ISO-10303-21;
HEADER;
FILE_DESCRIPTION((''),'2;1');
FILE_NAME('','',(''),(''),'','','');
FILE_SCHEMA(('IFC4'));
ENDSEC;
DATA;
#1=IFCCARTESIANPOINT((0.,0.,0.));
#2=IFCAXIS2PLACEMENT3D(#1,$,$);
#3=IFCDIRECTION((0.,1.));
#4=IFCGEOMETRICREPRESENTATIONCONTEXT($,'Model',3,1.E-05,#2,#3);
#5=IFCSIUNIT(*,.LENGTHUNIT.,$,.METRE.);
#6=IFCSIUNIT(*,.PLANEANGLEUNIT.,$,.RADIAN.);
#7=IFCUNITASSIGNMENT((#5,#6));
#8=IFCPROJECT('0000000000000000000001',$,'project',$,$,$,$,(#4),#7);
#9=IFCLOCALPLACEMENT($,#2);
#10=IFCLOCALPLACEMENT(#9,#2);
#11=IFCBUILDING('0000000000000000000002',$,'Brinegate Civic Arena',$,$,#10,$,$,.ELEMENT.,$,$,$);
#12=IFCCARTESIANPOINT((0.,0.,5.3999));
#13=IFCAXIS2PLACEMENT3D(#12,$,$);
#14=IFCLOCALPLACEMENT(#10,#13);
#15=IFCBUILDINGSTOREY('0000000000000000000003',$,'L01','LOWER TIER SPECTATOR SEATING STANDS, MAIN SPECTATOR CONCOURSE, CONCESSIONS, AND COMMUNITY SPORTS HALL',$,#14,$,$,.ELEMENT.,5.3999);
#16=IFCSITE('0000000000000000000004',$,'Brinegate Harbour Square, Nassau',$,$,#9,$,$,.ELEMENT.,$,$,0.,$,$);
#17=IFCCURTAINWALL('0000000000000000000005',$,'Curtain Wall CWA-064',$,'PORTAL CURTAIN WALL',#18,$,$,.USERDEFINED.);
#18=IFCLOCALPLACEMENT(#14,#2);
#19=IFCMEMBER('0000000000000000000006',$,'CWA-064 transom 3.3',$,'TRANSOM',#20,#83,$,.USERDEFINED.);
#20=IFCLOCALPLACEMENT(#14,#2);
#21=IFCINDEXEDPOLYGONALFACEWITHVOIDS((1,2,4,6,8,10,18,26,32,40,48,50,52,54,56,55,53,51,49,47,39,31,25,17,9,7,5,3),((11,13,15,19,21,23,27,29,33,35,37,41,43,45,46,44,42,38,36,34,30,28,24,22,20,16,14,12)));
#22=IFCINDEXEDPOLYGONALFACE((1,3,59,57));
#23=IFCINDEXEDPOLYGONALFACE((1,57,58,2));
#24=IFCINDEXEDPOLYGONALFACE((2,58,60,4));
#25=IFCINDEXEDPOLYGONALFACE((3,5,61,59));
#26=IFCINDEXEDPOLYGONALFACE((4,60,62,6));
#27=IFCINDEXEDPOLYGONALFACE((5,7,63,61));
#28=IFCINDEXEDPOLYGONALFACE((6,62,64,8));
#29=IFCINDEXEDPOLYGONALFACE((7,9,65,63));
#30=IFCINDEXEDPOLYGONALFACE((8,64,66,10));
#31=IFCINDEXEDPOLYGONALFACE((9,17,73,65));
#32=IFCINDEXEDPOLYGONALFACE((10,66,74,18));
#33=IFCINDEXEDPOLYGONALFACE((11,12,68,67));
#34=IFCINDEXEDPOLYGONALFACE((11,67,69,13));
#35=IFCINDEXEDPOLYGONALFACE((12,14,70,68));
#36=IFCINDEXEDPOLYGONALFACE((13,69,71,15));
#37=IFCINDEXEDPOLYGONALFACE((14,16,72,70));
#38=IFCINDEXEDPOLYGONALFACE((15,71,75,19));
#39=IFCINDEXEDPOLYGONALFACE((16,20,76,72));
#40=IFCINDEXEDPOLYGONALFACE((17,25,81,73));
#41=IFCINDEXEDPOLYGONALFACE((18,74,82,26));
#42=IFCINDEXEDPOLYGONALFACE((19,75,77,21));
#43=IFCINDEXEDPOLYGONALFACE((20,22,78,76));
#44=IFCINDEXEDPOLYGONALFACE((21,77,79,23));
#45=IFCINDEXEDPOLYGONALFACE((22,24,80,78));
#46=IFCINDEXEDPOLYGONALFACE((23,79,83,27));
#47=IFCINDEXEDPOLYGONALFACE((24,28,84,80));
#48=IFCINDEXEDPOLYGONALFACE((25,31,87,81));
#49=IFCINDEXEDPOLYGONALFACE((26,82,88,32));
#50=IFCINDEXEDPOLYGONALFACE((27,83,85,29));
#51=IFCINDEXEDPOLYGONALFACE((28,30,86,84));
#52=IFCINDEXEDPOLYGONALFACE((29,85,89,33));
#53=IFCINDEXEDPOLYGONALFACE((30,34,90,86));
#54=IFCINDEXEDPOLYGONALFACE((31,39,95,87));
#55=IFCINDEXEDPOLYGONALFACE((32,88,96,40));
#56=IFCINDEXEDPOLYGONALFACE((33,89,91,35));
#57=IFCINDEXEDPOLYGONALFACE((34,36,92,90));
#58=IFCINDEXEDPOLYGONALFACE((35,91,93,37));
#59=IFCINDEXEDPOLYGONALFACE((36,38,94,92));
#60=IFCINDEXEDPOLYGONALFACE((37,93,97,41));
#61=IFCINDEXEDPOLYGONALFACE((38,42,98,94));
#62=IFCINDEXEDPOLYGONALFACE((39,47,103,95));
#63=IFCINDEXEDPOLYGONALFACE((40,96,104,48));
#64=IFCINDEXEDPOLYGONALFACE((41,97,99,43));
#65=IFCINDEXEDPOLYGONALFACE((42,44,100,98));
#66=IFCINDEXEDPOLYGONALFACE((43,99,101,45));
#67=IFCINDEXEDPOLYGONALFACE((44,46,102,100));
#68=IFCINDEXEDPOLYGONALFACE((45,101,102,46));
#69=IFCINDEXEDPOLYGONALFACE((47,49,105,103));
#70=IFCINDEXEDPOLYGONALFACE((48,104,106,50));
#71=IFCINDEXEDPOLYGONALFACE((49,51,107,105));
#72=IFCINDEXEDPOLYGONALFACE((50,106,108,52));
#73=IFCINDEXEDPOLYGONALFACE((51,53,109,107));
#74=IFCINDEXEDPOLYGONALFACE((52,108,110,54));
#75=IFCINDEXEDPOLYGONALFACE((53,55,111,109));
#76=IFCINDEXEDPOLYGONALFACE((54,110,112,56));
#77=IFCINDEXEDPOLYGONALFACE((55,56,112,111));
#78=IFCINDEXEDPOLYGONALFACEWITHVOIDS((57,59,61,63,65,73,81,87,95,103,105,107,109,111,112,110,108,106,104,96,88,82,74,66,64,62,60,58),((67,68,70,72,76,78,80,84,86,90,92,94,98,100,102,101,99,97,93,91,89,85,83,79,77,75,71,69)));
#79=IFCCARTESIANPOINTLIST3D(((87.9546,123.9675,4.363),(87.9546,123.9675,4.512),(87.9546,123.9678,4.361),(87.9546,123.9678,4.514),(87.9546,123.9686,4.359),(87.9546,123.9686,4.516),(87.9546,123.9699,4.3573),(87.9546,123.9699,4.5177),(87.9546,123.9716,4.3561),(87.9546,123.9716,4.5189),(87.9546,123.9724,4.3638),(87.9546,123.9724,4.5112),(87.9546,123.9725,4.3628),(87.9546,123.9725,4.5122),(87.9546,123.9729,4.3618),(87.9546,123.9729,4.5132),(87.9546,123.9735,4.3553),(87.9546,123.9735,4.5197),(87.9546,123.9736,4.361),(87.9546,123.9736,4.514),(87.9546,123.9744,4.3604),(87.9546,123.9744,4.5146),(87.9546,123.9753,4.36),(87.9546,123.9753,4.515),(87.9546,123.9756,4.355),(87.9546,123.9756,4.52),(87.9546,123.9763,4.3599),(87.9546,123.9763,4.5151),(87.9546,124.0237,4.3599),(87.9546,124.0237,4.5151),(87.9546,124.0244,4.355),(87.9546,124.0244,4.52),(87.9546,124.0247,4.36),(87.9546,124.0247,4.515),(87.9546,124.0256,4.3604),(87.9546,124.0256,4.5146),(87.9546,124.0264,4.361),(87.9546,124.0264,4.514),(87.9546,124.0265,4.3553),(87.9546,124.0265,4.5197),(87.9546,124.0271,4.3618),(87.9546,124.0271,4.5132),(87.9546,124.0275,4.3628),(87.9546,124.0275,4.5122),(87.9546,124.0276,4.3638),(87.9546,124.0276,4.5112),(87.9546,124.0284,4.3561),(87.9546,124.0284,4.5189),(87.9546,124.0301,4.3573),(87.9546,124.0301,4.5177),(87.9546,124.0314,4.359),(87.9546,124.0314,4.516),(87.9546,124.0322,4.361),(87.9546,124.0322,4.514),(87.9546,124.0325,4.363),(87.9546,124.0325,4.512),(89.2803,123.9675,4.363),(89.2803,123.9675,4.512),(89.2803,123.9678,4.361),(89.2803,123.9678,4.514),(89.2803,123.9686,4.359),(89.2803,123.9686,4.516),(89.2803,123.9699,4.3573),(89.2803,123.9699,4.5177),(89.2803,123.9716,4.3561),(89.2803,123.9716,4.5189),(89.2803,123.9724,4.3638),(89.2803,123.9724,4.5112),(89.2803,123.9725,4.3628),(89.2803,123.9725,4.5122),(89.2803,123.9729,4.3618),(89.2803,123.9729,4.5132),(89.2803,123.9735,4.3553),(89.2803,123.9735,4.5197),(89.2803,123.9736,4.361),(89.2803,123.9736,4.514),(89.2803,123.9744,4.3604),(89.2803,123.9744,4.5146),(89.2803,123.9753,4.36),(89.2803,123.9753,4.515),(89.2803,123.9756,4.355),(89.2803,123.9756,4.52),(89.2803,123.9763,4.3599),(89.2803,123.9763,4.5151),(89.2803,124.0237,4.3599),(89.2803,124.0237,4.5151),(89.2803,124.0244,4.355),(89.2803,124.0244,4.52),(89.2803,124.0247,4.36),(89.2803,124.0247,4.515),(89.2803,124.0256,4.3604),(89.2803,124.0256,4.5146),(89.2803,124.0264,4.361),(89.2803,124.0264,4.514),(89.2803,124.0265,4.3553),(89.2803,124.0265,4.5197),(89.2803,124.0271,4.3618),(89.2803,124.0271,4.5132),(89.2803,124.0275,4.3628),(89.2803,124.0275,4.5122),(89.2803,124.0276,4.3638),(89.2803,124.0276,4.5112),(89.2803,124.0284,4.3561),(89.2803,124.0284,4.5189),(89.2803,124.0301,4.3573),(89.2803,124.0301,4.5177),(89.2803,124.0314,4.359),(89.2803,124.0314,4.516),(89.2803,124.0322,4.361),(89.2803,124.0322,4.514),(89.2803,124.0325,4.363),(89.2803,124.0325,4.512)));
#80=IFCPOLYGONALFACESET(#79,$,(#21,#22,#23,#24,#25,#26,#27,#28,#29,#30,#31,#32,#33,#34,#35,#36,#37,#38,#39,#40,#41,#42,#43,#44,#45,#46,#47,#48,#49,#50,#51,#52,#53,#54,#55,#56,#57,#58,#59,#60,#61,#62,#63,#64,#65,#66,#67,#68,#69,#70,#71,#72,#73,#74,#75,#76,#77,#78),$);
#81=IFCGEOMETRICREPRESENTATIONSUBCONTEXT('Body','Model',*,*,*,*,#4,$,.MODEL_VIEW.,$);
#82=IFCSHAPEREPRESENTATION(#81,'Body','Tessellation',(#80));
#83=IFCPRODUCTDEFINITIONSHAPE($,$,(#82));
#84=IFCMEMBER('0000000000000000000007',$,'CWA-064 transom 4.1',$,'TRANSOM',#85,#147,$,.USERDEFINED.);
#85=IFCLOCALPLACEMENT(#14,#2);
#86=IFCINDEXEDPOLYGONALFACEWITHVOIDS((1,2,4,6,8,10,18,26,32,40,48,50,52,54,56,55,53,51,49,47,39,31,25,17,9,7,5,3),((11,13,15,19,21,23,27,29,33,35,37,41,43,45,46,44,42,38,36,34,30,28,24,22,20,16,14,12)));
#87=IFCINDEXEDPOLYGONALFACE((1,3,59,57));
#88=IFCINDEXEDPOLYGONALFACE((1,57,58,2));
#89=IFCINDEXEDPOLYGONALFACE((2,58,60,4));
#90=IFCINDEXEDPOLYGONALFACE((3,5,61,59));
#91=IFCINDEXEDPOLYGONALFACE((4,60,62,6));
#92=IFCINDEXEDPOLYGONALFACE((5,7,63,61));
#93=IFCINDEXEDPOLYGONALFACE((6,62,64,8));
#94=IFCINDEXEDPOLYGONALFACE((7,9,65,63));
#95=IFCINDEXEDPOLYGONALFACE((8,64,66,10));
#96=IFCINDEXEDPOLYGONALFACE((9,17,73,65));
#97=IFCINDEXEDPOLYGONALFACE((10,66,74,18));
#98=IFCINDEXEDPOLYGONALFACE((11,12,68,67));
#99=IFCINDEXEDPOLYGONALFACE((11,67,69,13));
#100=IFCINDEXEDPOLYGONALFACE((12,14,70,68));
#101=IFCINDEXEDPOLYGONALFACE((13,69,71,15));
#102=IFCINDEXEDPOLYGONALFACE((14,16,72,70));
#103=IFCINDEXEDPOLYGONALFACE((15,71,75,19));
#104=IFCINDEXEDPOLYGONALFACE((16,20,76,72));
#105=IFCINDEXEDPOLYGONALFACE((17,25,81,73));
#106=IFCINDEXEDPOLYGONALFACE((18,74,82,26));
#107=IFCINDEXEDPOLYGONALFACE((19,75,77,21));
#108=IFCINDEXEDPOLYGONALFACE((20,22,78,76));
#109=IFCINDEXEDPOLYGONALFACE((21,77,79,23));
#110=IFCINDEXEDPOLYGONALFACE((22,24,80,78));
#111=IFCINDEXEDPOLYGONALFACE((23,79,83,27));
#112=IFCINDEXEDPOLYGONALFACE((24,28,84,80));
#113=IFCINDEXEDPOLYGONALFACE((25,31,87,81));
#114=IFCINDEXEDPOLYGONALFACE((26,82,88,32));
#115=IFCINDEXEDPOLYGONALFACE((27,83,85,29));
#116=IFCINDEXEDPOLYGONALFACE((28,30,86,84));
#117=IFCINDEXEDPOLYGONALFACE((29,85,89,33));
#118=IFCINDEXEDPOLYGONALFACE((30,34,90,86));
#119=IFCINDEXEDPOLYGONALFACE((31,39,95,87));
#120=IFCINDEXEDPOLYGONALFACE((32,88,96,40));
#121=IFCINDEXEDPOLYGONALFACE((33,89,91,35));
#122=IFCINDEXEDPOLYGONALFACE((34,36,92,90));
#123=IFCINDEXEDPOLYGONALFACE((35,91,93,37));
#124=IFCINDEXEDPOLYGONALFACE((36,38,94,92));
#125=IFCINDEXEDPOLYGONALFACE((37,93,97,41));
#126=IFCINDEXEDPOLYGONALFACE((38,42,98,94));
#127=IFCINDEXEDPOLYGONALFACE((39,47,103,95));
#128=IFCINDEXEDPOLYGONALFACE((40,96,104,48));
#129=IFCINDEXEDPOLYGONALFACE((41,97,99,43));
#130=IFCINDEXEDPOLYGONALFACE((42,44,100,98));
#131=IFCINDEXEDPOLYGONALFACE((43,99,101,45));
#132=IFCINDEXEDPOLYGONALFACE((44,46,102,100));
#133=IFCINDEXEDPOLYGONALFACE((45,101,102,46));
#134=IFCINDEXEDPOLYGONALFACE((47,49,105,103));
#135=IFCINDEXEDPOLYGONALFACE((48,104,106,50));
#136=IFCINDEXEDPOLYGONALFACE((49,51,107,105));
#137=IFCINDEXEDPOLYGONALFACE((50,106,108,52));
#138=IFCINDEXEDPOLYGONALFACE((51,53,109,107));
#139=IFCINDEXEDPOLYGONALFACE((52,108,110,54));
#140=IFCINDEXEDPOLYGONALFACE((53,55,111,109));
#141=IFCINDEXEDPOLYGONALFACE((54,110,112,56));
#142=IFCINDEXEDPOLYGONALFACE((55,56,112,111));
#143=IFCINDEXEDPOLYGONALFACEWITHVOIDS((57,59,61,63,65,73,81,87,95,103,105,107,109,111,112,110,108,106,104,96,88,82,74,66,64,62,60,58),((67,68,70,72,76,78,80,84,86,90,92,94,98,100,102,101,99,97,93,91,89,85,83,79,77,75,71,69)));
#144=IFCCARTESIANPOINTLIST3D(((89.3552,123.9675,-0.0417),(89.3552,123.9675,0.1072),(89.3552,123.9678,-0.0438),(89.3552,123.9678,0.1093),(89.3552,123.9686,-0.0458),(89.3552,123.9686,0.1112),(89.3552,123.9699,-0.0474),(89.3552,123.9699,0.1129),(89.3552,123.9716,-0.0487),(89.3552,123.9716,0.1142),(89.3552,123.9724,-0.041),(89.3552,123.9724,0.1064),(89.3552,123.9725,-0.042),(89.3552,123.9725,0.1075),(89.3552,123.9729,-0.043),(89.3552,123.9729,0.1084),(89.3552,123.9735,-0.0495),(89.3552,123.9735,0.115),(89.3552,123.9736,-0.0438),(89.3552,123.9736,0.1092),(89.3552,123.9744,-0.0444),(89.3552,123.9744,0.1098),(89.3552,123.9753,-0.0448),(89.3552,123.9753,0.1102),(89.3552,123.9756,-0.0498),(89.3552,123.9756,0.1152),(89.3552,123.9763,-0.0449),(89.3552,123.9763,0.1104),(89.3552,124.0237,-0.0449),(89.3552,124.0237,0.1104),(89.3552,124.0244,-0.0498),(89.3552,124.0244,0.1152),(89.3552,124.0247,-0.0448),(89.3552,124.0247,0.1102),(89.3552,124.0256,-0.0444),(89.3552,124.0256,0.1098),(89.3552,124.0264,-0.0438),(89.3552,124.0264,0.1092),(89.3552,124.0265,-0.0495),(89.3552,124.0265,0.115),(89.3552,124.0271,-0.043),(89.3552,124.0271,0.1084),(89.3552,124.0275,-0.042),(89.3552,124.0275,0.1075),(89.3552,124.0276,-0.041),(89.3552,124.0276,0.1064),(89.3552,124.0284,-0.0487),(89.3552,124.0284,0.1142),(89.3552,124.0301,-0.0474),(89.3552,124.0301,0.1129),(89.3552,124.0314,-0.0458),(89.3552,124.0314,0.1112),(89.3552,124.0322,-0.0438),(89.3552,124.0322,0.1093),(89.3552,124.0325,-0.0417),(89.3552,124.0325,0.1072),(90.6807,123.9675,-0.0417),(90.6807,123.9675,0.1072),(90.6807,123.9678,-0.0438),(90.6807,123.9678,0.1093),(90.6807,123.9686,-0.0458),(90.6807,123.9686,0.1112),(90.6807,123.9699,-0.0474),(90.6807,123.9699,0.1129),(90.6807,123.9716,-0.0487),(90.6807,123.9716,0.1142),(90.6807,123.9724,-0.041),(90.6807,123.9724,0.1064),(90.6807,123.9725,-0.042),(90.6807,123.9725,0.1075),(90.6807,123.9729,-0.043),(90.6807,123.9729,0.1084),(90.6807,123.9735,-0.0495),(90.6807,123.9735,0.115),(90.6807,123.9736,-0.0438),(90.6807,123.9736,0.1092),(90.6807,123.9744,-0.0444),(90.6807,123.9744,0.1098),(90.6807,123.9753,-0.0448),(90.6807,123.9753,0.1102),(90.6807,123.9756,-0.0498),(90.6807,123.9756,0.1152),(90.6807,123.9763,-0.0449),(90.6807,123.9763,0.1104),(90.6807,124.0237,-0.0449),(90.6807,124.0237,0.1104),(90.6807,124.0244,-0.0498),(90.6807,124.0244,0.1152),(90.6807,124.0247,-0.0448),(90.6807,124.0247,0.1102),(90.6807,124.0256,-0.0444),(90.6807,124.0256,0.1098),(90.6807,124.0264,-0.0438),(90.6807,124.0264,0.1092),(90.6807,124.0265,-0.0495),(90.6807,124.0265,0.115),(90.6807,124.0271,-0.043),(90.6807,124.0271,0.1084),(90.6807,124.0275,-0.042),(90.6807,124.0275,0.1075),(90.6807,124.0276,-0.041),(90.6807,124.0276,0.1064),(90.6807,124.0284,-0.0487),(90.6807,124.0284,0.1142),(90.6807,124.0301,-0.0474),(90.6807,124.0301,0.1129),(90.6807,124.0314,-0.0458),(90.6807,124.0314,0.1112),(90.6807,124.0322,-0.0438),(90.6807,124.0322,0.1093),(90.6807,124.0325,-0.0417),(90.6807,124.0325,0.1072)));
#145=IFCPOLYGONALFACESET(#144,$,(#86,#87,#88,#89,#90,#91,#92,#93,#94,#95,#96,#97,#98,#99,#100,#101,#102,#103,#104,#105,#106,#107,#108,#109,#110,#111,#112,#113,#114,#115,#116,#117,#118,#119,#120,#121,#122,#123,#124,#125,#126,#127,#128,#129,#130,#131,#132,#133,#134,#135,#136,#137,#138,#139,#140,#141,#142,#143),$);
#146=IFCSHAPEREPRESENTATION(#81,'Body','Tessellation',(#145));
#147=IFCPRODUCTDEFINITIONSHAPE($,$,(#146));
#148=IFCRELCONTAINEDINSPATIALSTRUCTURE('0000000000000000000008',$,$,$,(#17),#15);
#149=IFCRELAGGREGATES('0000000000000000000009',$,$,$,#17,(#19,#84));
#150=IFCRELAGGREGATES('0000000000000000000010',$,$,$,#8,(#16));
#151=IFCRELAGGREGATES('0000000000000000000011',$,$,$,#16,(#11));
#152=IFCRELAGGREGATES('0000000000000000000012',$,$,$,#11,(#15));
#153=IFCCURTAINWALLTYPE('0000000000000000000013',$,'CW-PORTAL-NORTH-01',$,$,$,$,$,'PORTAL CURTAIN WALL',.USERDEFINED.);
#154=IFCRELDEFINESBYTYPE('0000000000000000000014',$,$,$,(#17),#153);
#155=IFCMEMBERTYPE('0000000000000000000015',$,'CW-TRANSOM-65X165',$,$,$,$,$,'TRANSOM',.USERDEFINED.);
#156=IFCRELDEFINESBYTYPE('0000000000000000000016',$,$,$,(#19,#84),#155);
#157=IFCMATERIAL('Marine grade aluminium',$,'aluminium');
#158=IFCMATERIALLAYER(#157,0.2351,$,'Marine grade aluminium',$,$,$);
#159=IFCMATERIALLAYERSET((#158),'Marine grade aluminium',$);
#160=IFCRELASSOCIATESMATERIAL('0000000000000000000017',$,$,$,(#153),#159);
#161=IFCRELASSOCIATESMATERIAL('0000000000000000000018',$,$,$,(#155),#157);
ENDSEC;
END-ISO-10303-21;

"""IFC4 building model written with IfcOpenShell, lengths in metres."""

from ifc_helpers import new_model, si_unit, direction, frame, origin, origin_2d, place, context, subcontext, project, spatial, hollow_rectangle, extrude, material, layer, layer_set, material_profile, profile_set, type_object, element, aggregate, save


model = new_model("IFC4")

# Units and contexts
model_context = context("Model", 3, precision=1e-05, world=origin(), true_north=direction((0.0, 1.0)))
body_context = subcontext(model_context, "Body", "Model", "MODEL_VIEW")
ifc_project = project(units=[si_unit("LENGTHUNIT", "METRE"), si_unit("PLANEANGLEUNIT", "RADIAN")], contexts=[model_context])

# Site, building, storey
site_placement = place(None, origin())
site = spatial("IfcSite", under=ifc_project, at=site_placement, Name="Brinegate Harbour Square, Nassau", CompositionType="ELEMENT", RefElevation=0.0)
building_placement = place(site_placement, origin())
building = spatial("IfcBuilding", under=site, at=building_placement, Name="Brinegate Civic Arena", CompositionType="ELEMENT")
storey_placement = place(building_placement, frame((0.0, 0.0, 5.3999)))
storey = spatial("IfcBuildingStorey", under=building, at=storey_placement, Name="L01", Description="LOWER TIER SPECTATOR SEATING STANDS, MAIN SPECTATOR CONCOURSE, CONCESSIONS, AND COMMUNITY SPORTS HALL", CompositionType="ELEMENT", Elevation=5.3999)

# Curtain wall, members
ifc_material_1 = material(Name="Marine grade aluminium", Category="aluminium")
ifc_layer_1 = layer(ifc_material_1, 0.2351, Name="Marine grade aluminium")
ifc_layer_set_1 = layer_set([ifc_layer_1], Name="Marine grade aluminium")
curtain_wall_type = type_object("IfcCurtainWallType", Name="CW-PORTAL-NORTH-01", ElementType="PORTAL CURTAIN WALL", PredefinedType="USERDEFINED", material=ifc_layer_set_1)
curtain_wall_placement = place(storey_placement, origin())
curtain_wall = element("IfcCurtainWall", 1, at=curtain_wall_placement, inside=storey, type_object=curtain_wall_type, Name="Curtain Wall CWA-064", ObjectType="PORTAL CURTAIN WALL", PredefinedType="USERDEFINED")
ifc_material_profile_1 = material_profile(ifc_material_1, hollow_rectangle(XDim=0.0649, YDim=0.165, WallThickness=0.0049, InnerFilletRadius=0.0039, OuterFilletRadius=0.0081, at=origin_2d()), Name="TRN65X165")
ifc_profile_set_1 = profile_set([ifc_material_profile_1], Name="Marine grade aluminium")
member_type_1 = type_object("IfcMemberType", Name="CW-TRANSOM-65X165", ElementType="TRANSOM", PredefinedType="USERDEFINED", material=ifc_profile_set_1)
member_1_placement = place(storey_placement, frame((87.9546, 124.0, 4.4375), z_axis=(1.0, 0.0, 0.0), x_axis=(0.0, 1.0, 0.0)))
member_1 = element("IfcMember", 2, at=member_1_placement, type_object=member_type_1, Name="CWA-064 transom 3.3", ObjectType="TRANSOM", PredefinedType="USERDEFINED", context=body_context, shape_type="SweptSolid", body=[
    extrude(hollow_rectangle(XDim=0.0649, YDim=0.165, WallThickness=0.0049, InnerFilletRadius=0.0039, OuterFilletRadius=0.0081, at=origin_2d()), origin(), (0.0, 0.0, 1.0), 1.3257),
])
member_2_placement = place(storey_placement, frame((89.3552, 124.0, 0.0327), z_axis=(1.0, 0.0, 0.0), x_axis=(0.0, 1.0, 0.0)))
member_2 = element("IfcMember", 3, at=member_2_placement, type_object=member_type_1, Name="CWA-064 transom 4.1", ObjectType="TRANSOM", PredefinedType="USERDEFINED", context=body_context, shape_type="SweptSolid", body=[
    extrude(hollow_rectangle(XDim=0.0649, YDim=0.165, WallThickness=0.0049, InnerFilletRadius=0.0039, OuterFilletRadius=0.0081, at=origin_2d()), origin(), (0.0, 0.0, 1.0), 1.3254),
])

aggregate(curtain_wall, [member_1, member_2])

save(model, "model.ifc")
